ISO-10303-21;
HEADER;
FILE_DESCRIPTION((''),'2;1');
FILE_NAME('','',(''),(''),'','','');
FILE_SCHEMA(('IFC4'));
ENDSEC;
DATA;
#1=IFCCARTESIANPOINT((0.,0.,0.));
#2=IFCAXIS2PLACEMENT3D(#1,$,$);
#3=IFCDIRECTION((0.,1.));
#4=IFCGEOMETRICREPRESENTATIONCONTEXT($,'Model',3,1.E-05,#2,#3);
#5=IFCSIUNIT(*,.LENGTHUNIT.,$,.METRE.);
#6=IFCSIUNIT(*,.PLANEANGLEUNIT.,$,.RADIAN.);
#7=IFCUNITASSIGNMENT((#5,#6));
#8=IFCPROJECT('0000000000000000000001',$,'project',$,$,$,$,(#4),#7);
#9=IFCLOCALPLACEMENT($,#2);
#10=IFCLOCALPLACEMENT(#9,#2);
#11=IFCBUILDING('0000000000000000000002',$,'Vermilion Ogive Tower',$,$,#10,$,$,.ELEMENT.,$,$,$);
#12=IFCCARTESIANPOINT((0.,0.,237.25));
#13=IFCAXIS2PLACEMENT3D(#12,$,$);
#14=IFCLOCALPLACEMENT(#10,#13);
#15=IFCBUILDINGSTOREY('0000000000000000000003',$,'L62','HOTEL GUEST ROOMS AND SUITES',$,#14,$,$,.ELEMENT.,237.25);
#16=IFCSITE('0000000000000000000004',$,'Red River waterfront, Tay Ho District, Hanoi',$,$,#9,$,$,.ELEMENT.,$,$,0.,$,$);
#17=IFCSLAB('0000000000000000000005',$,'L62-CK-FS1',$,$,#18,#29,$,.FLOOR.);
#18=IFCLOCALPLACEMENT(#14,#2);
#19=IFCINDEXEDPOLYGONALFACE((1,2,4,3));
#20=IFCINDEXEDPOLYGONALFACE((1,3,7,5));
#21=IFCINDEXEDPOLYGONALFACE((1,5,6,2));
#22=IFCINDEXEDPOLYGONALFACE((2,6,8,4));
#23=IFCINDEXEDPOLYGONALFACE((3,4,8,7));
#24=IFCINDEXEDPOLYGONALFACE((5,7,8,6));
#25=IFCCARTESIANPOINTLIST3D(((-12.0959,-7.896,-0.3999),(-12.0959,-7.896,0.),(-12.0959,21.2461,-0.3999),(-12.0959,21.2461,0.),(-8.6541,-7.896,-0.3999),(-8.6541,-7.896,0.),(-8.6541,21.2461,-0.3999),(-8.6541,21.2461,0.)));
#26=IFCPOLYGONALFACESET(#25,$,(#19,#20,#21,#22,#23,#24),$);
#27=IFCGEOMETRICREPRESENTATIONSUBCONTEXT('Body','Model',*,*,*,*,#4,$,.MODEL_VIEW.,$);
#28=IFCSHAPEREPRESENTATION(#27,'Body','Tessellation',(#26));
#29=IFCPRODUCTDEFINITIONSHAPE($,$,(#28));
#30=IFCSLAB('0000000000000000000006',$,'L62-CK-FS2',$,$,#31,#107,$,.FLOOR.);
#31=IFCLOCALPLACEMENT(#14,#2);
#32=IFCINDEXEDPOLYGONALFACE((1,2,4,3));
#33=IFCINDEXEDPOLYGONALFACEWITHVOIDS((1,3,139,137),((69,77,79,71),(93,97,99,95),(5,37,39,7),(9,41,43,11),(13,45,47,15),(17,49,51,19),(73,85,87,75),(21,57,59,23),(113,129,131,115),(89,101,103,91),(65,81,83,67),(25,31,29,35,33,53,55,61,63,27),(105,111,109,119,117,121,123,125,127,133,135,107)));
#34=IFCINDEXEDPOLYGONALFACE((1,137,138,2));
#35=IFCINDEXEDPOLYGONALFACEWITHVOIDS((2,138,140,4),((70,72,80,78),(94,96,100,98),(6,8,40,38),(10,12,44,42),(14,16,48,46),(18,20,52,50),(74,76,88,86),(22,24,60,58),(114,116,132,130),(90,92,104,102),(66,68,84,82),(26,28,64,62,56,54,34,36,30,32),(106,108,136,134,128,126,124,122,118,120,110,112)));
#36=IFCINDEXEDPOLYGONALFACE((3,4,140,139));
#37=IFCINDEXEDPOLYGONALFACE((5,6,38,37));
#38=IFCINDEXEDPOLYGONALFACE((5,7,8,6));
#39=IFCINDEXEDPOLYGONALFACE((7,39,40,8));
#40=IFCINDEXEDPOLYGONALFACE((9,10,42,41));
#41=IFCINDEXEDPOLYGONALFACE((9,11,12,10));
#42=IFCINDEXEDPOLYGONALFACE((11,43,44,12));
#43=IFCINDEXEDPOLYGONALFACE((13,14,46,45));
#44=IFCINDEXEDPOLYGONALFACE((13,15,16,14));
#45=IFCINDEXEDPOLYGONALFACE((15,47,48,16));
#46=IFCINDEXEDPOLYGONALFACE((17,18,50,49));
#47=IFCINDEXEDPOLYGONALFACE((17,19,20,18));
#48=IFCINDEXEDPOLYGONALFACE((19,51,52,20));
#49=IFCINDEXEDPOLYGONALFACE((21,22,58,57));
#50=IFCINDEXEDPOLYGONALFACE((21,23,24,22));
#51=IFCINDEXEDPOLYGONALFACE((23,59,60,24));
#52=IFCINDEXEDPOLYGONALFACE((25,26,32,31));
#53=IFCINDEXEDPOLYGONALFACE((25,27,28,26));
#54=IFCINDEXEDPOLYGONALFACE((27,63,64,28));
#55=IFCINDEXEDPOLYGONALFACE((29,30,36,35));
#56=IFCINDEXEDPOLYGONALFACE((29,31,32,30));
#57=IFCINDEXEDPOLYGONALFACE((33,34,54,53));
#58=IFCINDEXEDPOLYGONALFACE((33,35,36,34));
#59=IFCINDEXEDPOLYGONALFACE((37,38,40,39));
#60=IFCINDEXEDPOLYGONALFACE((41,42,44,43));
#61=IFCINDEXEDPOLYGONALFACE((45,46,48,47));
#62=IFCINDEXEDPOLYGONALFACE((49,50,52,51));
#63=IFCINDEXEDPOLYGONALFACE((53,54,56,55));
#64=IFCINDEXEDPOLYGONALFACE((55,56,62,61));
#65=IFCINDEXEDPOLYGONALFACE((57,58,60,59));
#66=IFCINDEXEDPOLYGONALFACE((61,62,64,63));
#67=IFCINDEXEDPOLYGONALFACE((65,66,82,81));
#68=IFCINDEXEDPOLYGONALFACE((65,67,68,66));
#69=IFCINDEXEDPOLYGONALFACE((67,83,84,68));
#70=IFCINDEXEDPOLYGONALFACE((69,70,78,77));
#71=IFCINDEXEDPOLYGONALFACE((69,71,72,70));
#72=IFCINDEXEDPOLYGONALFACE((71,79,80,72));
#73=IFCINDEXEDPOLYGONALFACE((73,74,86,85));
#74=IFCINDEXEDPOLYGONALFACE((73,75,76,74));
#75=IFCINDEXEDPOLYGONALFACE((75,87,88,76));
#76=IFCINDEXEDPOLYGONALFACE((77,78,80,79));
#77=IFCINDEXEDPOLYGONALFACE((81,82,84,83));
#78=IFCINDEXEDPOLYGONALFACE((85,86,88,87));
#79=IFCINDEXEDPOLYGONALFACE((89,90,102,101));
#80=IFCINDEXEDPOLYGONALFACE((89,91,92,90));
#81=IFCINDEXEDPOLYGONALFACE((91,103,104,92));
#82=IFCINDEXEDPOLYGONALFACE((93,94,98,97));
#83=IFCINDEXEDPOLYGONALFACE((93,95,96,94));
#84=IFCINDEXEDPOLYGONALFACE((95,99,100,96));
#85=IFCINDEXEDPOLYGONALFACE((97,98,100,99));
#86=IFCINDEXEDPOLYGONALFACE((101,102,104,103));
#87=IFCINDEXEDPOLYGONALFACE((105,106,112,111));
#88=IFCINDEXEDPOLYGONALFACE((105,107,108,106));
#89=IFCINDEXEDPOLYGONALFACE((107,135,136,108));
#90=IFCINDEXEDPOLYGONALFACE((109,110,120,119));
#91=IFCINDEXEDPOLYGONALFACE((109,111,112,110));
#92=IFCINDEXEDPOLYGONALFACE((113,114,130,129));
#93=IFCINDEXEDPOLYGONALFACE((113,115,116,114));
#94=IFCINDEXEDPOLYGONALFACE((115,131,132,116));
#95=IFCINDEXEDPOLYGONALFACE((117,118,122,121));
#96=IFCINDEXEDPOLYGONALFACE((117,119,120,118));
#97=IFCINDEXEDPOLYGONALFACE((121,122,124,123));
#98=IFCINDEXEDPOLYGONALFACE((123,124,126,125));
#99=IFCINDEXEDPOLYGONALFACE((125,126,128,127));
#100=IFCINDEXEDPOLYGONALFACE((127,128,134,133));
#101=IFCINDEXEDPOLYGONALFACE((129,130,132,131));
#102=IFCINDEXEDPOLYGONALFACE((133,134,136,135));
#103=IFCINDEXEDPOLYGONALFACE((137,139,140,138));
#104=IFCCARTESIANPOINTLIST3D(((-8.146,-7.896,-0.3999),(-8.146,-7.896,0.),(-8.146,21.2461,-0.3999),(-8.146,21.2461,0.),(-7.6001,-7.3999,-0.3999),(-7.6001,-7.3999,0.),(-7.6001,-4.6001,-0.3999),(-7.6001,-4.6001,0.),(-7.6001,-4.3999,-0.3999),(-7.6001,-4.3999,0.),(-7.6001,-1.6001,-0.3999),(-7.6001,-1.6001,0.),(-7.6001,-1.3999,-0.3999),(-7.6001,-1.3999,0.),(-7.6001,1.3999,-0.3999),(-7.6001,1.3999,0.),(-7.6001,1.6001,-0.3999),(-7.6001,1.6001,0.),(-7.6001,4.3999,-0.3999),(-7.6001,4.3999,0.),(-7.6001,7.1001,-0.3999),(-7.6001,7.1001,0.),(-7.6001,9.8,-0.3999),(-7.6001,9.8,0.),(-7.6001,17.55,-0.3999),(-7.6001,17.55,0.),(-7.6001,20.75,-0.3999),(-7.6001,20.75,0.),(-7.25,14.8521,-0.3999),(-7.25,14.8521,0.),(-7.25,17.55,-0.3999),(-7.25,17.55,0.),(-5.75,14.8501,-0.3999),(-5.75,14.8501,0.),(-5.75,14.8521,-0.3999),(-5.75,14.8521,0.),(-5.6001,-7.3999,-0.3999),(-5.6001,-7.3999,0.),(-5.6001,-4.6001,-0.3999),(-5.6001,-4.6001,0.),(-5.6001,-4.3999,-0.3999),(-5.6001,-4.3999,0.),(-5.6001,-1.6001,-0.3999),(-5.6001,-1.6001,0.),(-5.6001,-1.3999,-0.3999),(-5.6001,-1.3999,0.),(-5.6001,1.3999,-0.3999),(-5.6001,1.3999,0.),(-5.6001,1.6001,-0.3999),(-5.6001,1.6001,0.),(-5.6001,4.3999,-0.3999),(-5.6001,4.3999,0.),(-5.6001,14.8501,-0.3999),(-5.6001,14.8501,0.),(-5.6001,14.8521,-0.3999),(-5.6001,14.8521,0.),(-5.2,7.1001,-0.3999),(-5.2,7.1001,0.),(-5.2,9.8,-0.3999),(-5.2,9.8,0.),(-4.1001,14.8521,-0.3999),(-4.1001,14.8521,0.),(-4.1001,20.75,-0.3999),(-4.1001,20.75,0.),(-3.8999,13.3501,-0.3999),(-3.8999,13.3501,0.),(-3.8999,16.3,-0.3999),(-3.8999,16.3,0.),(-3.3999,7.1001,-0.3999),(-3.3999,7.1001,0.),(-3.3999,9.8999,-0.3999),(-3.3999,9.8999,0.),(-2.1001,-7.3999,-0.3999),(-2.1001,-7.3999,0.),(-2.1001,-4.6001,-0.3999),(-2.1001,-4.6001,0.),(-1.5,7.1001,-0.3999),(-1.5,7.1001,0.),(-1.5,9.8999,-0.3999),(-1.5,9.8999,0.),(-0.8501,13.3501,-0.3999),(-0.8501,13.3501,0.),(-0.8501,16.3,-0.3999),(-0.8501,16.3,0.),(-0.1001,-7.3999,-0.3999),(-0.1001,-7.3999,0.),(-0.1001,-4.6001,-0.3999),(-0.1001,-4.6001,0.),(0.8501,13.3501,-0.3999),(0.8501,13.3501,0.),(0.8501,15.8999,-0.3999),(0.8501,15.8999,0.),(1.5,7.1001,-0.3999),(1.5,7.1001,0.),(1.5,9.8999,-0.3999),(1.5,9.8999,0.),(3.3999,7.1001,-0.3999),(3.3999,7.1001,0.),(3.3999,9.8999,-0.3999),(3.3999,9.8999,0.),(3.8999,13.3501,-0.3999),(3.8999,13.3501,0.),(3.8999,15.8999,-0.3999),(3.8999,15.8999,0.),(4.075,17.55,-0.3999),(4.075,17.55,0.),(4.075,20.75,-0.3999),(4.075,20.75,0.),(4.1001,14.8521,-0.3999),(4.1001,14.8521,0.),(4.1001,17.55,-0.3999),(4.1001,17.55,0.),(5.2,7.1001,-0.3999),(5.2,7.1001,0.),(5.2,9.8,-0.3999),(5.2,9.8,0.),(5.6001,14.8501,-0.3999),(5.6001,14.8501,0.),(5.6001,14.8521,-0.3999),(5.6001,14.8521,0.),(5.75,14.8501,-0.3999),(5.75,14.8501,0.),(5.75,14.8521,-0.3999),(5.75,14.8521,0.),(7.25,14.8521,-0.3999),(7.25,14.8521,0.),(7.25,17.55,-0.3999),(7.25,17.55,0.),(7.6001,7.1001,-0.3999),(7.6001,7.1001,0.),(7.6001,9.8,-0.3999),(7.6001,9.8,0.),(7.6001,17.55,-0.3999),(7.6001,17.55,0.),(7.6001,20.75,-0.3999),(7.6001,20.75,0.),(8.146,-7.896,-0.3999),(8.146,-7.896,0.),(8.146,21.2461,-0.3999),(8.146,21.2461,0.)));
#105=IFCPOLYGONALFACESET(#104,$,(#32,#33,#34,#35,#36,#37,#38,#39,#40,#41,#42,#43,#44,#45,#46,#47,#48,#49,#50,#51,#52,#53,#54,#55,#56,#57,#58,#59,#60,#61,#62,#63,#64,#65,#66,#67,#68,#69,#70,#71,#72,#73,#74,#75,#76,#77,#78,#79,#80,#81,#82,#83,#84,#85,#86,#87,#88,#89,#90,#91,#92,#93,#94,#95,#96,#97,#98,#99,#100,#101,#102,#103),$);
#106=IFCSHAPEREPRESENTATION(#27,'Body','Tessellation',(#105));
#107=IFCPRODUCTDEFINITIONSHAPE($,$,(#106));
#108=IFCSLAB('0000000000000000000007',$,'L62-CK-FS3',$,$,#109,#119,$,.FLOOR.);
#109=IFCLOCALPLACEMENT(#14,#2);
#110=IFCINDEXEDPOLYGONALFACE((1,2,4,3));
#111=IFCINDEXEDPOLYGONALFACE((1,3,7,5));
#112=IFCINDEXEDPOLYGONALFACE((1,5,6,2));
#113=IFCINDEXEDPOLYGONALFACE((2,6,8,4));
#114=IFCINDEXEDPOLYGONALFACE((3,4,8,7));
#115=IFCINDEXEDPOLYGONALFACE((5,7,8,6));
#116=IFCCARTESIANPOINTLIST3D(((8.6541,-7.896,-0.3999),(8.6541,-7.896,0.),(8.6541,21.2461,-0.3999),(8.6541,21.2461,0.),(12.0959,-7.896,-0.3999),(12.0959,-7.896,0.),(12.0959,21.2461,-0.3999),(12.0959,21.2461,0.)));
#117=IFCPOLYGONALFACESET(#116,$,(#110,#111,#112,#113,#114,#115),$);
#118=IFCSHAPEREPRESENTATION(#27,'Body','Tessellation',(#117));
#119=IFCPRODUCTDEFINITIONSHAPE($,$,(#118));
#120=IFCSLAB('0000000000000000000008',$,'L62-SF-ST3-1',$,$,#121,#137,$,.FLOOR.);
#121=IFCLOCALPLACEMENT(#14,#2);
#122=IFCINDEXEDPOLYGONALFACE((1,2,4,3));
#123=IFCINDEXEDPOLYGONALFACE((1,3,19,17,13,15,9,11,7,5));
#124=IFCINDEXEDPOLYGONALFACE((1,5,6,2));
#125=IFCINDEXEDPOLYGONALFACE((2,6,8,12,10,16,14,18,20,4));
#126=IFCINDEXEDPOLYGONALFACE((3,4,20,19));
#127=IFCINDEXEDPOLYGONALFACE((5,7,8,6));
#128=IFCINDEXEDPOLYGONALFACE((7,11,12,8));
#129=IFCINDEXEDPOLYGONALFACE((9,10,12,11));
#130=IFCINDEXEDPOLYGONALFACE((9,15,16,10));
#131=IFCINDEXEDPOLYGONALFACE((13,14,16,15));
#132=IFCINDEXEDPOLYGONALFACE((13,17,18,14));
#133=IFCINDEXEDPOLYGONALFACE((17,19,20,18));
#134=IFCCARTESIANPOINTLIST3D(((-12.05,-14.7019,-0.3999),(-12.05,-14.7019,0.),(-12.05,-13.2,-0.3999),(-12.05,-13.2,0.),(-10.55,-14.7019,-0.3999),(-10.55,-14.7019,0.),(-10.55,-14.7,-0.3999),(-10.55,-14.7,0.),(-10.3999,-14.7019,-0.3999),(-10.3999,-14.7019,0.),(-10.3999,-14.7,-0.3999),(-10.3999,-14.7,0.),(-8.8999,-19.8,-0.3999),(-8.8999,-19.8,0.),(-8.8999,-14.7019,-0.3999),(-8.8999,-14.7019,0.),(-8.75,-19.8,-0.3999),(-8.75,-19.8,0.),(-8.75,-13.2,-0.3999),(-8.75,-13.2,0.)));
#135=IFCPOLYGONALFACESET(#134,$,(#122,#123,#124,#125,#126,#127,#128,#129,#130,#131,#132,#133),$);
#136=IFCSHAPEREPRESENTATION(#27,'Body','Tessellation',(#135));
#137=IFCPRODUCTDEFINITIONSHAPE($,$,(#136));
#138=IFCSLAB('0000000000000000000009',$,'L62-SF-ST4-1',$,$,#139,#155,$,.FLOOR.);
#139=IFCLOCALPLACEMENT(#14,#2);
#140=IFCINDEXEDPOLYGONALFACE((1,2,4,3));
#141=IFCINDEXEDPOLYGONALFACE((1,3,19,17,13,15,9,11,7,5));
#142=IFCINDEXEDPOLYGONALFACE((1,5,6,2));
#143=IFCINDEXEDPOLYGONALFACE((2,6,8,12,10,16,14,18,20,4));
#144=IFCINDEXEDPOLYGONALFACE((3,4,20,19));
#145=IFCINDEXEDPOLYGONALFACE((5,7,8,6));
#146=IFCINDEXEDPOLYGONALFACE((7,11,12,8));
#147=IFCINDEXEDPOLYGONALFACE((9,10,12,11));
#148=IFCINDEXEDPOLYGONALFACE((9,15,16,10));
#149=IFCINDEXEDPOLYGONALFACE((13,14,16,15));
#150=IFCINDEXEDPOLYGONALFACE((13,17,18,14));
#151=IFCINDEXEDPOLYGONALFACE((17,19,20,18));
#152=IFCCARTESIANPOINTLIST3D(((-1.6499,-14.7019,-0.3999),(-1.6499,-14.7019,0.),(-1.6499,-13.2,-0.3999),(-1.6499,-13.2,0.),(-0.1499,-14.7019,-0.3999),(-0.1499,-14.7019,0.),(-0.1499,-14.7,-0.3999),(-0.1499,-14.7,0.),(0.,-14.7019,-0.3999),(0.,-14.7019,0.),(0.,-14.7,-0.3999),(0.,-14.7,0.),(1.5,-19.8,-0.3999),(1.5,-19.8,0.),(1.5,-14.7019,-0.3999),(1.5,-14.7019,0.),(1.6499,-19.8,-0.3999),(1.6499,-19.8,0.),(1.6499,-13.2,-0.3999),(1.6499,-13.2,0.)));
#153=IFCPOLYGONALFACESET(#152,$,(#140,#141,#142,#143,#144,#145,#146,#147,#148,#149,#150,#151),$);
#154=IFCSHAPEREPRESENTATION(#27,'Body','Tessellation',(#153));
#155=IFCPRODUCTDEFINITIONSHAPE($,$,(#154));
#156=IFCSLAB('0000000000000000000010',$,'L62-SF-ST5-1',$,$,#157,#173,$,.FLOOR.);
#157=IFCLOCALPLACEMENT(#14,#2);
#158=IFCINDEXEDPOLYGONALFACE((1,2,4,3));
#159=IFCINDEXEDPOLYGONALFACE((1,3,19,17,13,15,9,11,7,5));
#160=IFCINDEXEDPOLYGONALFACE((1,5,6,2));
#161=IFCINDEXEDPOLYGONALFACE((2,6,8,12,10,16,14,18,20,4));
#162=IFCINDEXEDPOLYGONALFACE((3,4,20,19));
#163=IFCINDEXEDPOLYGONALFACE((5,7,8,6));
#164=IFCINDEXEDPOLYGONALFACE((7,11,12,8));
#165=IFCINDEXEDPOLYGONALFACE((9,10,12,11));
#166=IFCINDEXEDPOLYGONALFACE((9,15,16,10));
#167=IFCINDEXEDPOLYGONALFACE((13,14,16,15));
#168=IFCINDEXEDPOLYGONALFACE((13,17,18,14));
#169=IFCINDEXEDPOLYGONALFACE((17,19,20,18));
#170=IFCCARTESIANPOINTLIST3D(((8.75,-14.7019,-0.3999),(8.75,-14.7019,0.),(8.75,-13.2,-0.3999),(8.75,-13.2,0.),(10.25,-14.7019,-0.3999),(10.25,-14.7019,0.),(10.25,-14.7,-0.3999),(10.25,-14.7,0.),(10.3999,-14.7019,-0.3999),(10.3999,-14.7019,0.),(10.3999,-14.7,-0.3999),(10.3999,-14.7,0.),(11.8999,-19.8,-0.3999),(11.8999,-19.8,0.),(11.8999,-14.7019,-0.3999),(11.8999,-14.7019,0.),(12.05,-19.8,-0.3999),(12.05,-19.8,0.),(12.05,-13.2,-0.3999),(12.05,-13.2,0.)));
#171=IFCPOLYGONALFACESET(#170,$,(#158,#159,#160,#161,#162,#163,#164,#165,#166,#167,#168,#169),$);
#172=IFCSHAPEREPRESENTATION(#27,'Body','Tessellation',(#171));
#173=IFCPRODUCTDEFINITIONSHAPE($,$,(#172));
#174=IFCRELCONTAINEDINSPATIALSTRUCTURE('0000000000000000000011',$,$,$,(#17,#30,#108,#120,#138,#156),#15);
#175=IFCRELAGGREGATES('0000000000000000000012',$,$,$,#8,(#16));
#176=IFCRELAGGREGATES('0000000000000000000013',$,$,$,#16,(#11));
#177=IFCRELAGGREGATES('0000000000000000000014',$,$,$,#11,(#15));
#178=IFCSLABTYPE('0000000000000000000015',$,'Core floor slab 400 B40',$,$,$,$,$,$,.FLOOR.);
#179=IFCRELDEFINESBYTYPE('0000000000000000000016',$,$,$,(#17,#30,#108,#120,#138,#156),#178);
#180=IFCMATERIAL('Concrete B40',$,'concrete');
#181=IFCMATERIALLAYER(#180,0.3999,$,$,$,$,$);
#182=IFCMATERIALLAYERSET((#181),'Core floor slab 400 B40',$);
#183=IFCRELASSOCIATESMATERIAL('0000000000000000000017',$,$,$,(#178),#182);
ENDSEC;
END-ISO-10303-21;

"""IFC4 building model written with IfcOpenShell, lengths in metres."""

from ifc_helpers import new_model, si_unit, direction, frame, origin, place, context, subcontext, project, spatial, polyline, outline, extrude, material, layer, layer_set, type_object, element, save


model = new_model("IFC4")

# Units and contexts
model_context = context("Model", 3, precision=1e-05, world=origin(), true_north=direction((0.0, 1.0)))
body_context = subcontext(model_context, "Body", "Model", "MODEL_VIEW")
ifc_project = project(units=[si_unit("LENGTHUNIT", "METRE"), si_unit("PLANEANGLEUNIT", "RADIAN")], contexts=[model_context])

# Site, building, storey
site_placement = place(None, origin())
site = spatial("IfcSite", under=ifc_project, at=site_placement, Name="Red River waterfront, Tay Ho District, Hanoi", CompositionType="ELEMENT", RefElevation=0.0)
building_placement = place(site_placement, origin())
building = spatial("IfcBuilding", under=site, at=building_placement, Name="Vermilion Ogive Tower", CompositionType="ELEMENT")
storey_placement = place(building_placement, frame((0.0, 0.0, 237.25)))
storey = spatial("IfcBuildingStorey", under=building, at=storey_placement, Name="L62", Description="HOTEL GUEST ROOMS AND SUITES", CompositionType="ELEMENT", Elevation=237.25)

# Slabs
ifc_material_1 = material(Name="Concrete B40", Category="concrete")
ifc_layer_1 = layer(ifc_material_1, 0.3999)
ifc_layer_set_1 = layer_set([ifc_layer_1], Name="Core floor slab 400 B40")
slab_type_1 = type_object("IfcSlabType", Name="Core floor slab 400 B40", PredefinedType="FLOOR", material=ifc_layer_set_1)
slab_1_placement = place(storey_placement, frame((0.0, 0.0, -0.3999)))
element("IfcSlab", 1, at=slab_1_placement, inside=storey, type_object=slab_type_1, Name="L62-CK-FS1", PredefinedType="FLOOR", context=body_context, shape_type="SweptSolid", body=[
    extrude(outline(polyline([(-8.6541, 21.2461), (-8.6541, -7.896), (-12.0959, -7.896), (-12.0959, 21.2461), (-8.6541, 21.2461)])), origin(), (0.0, 0.0, 1.0), 0.3999),
])
slab_2_placement = place(storey_placement, frame((0.0, 0.0, -0.3999)))
element("IfcSlab", 2, at=slab_2_placement, inside=storey, type_object=slab_type_1, Name="L62-CK-FS2", PredefinedType="FLOOR", context=body_context, shape_type="SweptSolid", body=[
    extrude(outline(polyline([(-8.146, -7.896), (8.146, -7.896), (8.146, 21.2461), (-8.146, 21.2461), (-8.146, -7.896)]), holes=[polyline([(-7.6001, -7.3999), (-7.6001, -4.6001), (-5.6001, -4.6001), (-5.6001, -7.3999), (-7.6001, -7.3999)]), polyline([(-7.6001, -4.3999), (-7.6001, -1.6001), (-5.6001, -1.6001), (-5.6001, -4.3999), (-7.6001, -4.3999)]), polyline([(-7.6001, -1.3999), (-7.6001, 1.3999), (-5.6001, 1.3999), (-5.6001, -1.3999), (-7.6001, -1.3999)]), polyline([(-7.6001, 1.6001), (-7.6001, 4.3999), (-5.6001, 4.3999), (-5.6001, 1.6001), (-7.6001, 1.6001)]), polyline([(-7.6001, 7.1001), (-7.6001, 9.8), (-5.2, 9.8), (-5.2, 7.1001), (-7.6001, 7.1001)]), polyline([(-3.3999, 9.8999), (-1.5, 9.8999), (-1.5, 7.1001), (-3.3999, 7.1001), (-3.3999, 9.8999)]), polyline([(-7.6001, 17.55), (-7.6001, 20.75), (-4.1001, 20.75), (-4.1001, 14.8521), (-5.6001, 14.8521), (-5.6001, 14.8501), (-5.75, 14.8501), (-5.75, 14.8521), (-7.25, 14.8521), (-7.25, 17.55), (-7.6001, 17.55)]), polyline([(-2.1001, -7.3999), (-2.1001, -4.6001), (-0.1001, -4.6001), (-0.1001, -7.3999), (-2.1001, -7.3999)]), polyline([(5.2, 7.1001), (5.2, 9.8), (7.6001, 9.8), (7.6001, 7.1001), (5.2, 7.1001)]), polyline([(1.5, 7.1001), (1.5, 9.8999), (3.3999, 9.8999), (3.3999, 7.1001), (1.5, 7.1001)]), polyline([(0.8501, 13.3501), (0.8501, 15.8999), (3.8999, 15.8999), (3.8999, 13.3501), (0.8501, 13.3501)]), polyline([(-3.8999, 16.3), (-0.8501, 16.3), (-0.8501, 13.3501), (-3.8999, 13.3501), (-3.8999, 16.3)]), polyline([(5.75, 14.8501), (5.6001, 14.8501), (5.6001, 14.8521), (4.1001, 14.8521), (4.1001, 17.55), (4.075, 17.55), (4.075, 20.75), (7.6001, 20.75), (7.6001, 17.55), (7.25, 17.55), (7.25, 14.8521), (5.75, 14.8521), (5.75, 14.8501)])]), origin(), (0.0, 0.0, 1.0), 0.3999),
])
slab_3_placement = place(storey_placement, frame((0.0, 0.0, -0.3999)))
element("IfcSlab", 3, at=slab_3_placement, inside=storey, type_object=slab_type_1, Name="L62-CK-FS3", PredefinedType="FLOOR", context=body_context, shape_type="SweptSolid", body=[
    extrude(outline(polyline([(8.6541, 21.2461), (12.0959, 21.2461), (12.0959, -7.896), (8.6541, -7.896), (8.6541, 21.2461)])), origin(), (0.0, 0.0, 1.0), 0.3999),
])
slab_4_placement = place(storey_placement, frame((0.0, 0.0, -0.3999)))
element("IfcSlab", 4, at=slab_4_placement, inside=storey, type_object=slab_type_1, Name="L62-SF-ST3-1", PredefinedType="FLOOR", context=body_context, shape_type="SweptSolid", body=[
    extrude(outline(polyline([(-12.05, -13.2), (-12.05, -14.7019), (-10.55, -14.7019), (-10.55, -14.7), (-10.3999, -14.7), (-10.3999, -14.7019), (-8.8999, -14.7019), (-8.8999, -19.8), (-8.75, -19.8), (-8.75, -13.2), (-12.05, -13.2)])), origin(), (0.0, 0.0, 1.0), 0.3999),
])
slab_5_placement = place(storey_placement, frame((0.0, 0.0, -0.3999)))
element("IfcSlab", 5, at=slab_5_placement, inside=storey, type_object=slab_type_1, Name="L62-SF-ST4-1", PredefinedType="FLOOR", context=body_context, shape_type="SweptSolid", body=[
    extrude(outline(polyline([(-1.6499, -13.2), (-1.6499, -14.7019), (-0.1499, -14.7019), (-0.1499, -14.7), (0.0, -14.7), (0.0, -14.7019), (1.5, -14.7019), (1.5, -19.8), (1.6499, -19.8), (1.6499, -13.2), (-1.6499, -13.2)])), origin(), (0.0, 0.0, 1.0), 0.3999),
])
slab_6_placement = place(storey_placement, frame((0.0, 0.0, -0.3999)))
element("IfcSlab", 6, at=slab_6_placement, inside=storey, type_object=slab_type_1, Name="L62-SF-ST5-1", PredefinedType="FLOOR", context=body_context, shape_type="SweptSolid", body=[
    extrude(outline(polyline([(8.75, -13.2), (8.75, -14.7019), (10.25, -14.7019), (10.25, -14.7), (10.3999, -14.7), (10.3999, -14.7019), (11.8999, -14.7019), (11.8999, -19.8), (12.05, -19.8), (12.05, -13.2), (8.75, -13.2)])), origin(), (0.0, 0.0, 1.0), 0.3999),
])

save(model, "model.ifc")
